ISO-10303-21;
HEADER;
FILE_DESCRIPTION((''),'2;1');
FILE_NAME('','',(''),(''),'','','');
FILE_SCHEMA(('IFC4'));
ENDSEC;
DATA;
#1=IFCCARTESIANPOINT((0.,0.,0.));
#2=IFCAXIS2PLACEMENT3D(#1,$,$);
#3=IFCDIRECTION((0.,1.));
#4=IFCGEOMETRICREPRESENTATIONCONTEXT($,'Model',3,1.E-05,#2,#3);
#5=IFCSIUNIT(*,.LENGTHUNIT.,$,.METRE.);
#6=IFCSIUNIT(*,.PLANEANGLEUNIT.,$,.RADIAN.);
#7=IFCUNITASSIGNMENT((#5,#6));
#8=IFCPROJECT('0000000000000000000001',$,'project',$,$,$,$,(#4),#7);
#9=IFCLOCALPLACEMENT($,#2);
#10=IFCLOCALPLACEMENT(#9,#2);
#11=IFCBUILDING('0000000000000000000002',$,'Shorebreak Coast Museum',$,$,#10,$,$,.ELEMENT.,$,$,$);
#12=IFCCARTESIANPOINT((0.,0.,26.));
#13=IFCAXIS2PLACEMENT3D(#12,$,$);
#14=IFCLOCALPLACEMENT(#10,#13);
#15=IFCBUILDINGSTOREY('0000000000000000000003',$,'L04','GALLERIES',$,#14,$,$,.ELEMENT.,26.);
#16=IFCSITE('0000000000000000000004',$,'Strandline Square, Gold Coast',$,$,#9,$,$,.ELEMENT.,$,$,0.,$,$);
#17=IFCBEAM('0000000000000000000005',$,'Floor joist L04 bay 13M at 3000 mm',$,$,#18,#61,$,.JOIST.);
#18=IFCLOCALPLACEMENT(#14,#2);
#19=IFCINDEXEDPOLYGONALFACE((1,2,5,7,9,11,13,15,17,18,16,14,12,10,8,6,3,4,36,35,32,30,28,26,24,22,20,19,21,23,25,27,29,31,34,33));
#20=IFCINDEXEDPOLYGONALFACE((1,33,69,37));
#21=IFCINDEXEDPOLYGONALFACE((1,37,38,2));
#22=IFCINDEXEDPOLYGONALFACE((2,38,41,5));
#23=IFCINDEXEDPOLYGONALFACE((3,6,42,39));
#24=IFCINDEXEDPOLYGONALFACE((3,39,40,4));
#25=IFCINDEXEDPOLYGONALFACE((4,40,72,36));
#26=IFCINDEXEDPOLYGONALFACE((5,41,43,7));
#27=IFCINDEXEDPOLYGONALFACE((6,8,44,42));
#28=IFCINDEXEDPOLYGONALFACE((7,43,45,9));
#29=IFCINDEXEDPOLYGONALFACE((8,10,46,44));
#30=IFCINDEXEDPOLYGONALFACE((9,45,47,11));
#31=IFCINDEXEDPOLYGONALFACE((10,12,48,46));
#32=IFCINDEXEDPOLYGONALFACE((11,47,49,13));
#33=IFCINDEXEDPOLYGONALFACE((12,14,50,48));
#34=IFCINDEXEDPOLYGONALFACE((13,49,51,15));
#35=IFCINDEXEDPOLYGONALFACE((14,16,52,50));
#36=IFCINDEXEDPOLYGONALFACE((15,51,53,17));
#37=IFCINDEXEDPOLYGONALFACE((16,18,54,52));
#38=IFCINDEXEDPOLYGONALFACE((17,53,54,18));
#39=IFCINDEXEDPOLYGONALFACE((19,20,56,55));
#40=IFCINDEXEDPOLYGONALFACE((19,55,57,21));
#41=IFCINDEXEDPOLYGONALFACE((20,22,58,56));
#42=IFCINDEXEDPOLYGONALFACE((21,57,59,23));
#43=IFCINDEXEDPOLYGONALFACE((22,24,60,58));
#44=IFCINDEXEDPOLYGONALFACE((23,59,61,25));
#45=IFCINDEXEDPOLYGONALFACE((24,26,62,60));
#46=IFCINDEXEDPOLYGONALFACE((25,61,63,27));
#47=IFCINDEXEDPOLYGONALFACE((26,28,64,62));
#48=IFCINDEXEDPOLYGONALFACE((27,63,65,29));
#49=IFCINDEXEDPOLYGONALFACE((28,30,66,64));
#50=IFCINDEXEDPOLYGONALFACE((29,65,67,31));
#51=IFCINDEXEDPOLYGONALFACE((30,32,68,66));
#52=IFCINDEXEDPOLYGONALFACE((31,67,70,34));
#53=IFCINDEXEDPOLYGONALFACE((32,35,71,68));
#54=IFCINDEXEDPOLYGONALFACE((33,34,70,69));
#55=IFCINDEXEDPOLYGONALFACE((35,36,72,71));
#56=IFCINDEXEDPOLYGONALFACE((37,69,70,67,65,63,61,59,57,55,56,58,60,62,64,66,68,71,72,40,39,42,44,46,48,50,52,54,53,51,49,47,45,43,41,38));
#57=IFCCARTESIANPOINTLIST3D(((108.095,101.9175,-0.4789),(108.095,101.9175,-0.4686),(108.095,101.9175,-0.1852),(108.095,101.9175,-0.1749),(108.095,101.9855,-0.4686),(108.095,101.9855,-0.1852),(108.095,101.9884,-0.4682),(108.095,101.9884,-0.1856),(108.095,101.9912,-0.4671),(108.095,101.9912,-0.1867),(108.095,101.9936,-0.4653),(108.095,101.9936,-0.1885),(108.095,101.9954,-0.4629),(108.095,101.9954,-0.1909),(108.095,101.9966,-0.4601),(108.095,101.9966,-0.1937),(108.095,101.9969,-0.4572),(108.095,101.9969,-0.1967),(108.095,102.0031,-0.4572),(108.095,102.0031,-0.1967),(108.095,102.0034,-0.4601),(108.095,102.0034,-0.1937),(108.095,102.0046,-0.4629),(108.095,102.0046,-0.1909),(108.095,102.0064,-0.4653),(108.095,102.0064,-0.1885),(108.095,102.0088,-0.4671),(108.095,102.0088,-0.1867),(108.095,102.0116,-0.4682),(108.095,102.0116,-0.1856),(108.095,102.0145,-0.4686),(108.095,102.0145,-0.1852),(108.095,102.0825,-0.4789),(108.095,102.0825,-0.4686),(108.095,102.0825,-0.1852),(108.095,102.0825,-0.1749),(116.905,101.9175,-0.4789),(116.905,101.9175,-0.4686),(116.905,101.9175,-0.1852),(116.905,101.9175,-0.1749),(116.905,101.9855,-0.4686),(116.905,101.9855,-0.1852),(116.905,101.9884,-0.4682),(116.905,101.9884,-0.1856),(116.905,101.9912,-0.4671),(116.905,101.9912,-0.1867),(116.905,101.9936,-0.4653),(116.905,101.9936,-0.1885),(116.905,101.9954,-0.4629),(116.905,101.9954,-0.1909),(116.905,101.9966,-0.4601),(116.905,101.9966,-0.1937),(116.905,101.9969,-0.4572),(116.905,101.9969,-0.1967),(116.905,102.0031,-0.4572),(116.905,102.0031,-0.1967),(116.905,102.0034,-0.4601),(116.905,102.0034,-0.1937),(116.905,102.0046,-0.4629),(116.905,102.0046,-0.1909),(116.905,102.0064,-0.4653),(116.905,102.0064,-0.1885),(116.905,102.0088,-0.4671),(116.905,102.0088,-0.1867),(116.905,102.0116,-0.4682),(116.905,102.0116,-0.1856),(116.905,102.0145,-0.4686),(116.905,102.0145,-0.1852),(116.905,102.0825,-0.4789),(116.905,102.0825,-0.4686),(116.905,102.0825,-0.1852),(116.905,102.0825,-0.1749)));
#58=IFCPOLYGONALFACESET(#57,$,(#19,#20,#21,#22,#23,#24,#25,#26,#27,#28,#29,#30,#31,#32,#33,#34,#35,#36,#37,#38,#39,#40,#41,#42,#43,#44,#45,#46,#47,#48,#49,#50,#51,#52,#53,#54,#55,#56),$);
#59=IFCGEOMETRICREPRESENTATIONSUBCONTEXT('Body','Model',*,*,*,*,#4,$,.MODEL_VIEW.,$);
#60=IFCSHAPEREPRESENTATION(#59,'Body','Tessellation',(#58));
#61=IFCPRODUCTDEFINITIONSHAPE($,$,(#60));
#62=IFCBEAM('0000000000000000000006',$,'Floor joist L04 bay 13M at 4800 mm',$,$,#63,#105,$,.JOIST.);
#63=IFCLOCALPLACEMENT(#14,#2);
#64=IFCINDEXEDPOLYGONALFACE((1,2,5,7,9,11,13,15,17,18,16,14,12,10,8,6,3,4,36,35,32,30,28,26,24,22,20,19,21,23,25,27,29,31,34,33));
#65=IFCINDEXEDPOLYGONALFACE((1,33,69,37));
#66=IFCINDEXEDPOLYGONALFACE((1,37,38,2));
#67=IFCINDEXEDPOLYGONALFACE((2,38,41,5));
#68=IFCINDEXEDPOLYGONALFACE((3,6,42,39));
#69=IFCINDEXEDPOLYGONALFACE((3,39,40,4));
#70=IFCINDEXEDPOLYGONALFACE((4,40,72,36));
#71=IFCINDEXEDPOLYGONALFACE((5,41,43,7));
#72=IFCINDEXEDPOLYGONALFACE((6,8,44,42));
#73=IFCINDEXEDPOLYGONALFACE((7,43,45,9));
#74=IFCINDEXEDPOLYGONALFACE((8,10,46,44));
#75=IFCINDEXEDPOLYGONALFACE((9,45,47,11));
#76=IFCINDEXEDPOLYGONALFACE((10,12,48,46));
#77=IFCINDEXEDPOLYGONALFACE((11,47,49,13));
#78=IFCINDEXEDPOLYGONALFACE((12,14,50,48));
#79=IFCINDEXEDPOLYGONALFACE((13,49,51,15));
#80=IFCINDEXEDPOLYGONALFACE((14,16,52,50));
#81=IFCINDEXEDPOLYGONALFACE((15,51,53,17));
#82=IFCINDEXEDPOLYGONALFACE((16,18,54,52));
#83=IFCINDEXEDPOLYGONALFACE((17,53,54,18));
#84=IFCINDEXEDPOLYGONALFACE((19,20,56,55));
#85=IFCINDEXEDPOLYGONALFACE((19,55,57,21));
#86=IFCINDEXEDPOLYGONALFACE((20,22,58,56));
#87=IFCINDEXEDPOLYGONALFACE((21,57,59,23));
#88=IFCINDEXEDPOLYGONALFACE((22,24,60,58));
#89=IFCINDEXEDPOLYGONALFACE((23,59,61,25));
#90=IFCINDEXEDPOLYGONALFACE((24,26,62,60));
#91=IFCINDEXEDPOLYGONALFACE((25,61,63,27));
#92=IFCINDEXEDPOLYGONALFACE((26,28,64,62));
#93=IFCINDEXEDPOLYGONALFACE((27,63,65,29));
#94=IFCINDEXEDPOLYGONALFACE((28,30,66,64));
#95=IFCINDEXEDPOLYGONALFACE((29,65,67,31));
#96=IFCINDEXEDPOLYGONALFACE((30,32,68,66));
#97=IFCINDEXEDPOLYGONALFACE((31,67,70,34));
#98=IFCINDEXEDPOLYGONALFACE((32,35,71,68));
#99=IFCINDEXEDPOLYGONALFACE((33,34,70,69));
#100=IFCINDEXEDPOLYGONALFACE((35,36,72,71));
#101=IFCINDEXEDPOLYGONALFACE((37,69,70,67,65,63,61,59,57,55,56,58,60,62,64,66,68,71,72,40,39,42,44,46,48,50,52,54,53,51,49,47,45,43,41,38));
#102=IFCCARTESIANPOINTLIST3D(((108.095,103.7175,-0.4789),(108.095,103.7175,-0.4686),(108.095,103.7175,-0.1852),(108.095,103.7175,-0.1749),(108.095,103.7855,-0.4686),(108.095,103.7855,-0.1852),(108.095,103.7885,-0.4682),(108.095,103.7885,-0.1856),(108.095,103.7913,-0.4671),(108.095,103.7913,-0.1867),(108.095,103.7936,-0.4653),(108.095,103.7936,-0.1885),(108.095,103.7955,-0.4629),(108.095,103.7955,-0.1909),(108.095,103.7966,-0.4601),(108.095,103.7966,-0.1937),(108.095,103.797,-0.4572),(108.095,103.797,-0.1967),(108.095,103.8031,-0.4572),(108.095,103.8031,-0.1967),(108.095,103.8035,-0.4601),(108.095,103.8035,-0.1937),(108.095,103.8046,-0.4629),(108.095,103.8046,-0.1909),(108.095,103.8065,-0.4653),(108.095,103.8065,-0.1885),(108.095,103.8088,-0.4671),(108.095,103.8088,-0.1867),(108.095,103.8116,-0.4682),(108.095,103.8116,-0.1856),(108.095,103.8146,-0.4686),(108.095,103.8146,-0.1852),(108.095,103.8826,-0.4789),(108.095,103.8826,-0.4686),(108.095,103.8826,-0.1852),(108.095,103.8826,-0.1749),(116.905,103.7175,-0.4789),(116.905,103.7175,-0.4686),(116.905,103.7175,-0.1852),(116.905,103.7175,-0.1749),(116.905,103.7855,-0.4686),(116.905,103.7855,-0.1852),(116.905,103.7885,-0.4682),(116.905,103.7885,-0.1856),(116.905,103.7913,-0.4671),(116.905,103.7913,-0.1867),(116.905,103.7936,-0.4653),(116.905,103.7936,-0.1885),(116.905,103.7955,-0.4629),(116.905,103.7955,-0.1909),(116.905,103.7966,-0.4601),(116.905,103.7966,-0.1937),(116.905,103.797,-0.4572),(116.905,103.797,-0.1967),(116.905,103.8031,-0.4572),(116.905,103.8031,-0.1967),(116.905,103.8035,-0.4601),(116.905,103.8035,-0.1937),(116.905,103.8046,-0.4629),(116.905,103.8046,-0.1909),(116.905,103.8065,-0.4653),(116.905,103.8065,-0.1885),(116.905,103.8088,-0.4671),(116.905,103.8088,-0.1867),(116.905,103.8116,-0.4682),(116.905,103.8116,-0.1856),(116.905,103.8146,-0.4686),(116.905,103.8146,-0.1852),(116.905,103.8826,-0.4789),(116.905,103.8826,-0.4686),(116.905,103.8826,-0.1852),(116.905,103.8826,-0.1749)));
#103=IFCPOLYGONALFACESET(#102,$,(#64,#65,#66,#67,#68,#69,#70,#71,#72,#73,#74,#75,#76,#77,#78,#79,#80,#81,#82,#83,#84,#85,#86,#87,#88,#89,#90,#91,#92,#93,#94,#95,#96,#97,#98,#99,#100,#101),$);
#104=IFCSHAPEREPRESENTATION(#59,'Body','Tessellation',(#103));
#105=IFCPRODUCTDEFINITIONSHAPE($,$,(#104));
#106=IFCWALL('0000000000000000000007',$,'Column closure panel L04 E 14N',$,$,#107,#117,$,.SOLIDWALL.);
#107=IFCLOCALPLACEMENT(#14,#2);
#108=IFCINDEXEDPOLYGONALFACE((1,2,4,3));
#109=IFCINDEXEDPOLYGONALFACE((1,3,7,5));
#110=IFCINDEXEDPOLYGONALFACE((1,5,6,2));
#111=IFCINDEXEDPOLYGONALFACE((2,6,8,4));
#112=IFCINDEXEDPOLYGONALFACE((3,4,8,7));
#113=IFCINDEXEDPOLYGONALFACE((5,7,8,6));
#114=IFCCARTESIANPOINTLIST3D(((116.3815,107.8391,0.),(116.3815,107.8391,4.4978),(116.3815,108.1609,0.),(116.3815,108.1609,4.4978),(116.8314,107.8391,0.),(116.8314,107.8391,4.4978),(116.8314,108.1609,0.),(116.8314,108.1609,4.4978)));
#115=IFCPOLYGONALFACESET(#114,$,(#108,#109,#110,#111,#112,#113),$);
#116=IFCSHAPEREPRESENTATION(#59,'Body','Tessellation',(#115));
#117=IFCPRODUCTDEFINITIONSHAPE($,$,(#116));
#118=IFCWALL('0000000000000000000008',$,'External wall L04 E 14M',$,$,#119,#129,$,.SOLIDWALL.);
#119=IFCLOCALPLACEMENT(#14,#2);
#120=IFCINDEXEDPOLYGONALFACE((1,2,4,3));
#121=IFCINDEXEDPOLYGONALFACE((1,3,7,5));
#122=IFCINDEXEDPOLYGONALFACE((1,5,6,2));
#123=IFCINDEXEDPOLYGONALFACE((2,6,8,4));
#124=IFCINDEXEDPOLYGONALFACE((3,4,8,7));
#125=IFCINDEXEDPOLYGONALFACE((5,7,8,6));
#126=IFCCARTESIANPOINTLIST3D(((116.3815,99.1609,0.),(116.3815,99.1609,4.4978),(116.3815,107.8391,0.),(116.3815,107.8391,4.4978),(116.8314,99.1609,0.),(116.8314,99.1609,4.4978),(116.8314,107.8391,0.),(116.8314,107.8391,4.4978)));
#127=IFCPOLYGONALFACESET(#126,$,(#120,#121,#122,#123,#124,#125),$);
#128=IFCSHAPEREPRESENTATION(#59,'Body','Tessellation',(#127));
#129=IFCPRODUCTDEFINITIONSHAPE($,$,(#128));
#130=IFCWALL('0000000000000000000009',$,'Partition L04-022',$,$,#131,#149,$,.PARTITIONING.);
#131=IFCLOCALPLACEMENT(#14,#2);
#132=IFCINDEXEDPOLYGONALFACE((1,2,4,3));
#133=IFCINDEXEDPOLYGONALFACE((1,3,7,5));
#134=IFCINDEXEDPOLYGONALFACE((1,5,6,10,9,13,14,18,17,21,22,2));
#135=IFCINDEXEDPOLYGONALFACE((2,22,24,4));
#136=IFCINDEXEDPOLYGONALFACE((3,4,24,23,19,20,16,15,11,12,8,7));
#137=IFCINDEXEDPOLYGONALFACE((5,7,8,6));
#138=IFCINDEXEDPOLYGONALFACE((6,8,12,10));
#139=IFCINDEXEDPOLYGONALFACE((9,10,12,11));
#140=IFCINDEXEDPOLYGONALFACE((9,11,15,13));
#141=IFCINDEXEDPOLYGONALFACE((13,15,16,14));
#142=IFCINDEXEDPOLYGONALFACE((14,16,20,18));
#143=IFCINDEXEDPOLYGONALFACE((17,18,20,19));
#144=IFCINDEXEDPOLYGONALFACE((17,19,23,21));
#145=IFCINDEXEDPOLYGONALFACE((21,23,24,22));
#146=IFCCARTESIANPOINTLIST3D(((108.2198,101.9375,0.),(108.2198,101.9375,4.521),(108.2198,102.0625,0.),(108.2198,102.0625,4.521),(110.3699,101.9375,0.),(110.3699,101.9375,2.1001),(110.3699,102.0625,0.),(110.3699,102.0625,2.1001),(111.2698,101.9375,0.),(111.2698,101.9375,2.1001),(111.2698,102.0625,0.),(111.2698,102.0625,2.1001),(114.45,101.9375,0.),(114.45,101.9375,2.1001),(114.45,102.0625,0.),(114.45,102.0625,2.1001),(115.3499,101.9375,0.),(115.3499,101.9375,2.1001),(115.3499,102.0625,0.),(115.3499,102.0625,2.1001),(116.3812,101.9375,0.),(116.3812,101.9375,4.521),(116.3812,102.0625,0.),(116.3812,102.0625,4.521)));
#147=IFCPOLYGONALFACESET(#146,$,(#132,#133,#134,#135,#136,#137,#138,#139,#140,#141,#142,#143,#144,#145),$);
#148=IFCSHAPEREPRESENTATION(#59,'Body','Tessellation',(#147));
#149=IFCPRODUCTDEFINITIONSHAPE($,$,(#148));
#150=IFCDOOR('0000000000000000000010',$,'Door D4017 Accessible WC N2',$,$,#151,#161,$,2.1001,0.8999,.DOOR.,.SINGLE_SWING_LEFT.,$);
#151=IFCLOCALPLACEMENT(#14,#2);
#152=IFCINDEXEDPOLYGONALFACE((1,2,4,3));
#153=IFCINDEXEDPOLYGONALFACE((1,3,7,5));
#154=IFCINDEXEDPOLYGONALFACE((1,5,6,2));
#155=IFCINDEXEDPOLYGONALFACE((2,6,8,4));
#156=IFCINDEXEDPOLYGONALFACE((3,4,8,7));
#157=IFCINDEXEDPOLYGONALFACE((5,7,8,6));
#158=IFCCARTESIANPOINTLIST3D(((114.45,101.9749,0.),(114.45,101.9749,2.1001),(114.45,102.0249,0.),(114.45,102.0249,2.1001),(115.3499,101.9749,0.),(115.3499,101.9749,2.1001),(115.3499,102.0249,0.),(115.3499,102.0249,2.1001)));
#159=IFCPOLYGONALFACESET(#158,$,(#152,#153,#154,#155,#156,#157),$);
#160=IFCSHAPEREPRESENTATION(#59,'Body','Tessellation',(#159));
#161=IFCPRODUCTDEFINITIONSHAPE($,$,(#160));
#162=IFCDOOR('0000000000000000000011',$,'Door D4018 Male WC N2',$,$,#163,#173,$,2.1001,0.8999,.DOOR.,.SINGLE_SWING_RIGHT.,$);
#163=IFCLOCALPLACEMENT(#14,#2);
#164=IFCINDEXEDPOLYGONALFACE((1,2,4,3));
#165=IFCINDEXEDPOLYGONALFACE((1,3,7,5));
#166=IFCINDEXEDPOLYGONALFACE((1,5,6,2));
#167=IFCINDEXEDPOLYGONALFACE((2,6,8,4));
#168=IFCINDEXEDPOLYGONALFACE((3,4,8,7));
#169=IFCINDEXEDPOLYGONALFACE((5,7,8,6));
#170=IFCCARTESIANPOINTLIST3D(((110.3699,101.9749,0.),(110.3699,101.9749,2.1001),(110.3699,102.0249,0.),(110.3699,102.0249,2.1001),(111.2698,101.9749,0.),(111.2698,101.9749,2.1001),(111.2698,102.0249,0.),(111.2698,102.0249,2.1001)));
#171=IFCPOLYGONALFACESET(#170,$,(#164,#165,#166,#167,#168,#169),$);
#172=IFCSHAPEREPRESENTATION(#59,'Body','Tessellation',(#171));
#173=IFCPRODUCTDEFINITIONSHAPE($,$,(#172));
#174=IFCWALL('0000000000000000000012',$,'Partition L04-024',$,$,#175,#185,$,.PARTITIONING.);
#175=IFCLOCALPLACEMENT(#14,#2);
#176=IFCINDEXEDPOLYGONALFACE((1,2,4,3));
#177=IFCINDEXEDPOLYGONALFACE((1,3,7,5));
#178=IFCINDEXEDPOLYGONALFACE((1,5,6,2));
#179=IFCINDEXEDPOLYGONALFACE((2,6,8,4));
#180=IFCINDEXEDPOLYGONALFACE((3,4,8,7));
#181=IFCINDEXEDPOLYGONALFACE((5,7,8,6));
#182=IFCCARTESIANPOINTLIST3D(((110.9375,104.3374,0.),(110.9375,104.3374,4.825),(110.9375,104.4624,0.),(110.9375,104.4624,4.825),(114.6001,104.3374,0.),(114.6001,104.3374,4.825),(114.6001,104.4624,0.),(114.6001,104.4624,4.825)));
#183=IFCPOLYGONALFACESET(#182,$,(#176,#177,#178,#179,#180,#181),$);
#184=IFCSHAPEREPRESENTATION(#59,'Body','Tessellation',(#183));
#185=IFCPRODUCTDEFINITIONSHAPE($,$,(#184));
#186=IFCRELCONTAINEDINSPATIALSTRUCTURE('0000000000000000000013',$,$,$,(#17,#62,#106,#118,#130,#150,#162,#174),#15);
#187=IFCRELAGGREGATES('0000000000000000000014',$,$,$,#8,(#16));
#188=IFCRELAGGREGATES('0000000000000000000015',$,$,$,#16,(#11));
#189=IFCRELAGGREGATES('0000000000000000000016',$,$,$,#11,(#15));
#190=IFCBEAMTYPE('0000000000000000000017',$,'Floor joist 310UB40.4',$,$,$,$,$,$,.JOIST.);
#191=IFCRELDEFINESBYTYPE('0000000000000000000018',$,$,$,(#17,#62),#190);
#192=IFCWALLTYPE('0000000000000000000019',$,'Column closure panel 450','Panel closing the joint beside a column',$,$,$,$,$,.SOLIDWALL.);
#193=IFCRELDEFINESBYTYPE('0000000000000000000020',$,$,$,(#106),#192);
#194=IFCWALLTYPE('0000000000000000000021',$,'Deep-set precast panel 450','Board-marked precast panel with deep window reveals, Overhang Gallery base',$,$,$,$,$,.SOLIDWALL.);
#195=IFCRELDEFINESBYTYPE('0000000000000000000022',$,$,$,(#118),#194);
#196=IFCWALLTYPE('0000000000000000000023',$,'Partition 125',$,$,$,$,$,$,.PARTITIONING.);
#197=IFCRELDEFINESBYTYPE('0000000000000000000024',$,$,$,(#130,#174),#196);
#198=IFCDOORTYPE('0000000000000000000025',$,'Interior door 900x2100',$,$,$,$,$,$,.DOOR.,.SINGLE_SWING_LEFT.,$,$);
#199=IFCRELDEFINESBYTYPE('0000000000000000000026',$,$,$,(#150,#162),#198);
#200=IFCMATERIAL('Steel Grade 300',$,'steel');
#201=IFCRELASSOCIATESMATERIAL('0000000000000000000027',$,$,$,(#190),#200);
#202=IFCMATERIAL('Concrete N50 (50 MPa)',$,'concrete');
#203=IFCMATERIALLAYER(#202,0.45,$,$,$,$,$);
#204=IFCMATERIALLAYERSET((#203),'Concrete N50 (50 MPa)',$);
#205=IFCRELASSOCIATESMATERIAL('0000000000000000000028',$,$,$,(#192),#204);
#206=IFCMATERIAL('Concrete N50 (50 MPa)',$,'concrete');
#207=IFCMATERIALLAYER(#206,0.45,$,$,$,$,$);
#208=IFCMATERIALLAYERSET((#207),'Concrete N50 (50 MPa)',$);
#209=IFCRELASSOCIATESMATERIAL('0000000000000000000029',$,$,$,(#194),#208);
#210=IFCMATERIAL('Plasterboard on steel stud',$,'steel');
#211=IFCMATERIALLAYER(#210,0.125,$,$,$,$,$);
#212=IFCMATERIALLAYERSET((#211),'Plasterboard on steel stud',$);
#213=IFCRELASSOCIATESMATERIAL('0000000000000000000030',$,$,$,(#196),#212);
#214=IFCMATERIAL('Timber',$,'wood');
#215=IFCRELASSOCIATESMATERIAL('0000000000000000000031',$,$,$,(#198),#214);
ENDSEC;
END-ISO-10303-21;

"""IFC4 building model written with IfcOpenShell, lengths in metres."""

from ifc_helpers import new_model, si_unit, direction, frame, frame_2d, origin, origin_2d, place, context, subcontext, project, spatial, rectangle, i_section, extrude, material, layer, layer_set, material_profile, profile_set, type_object, element, fill, save


model = new_model("IFC4")

# Units and contexts
model_context = context("Model", 3, precision=1e-05, world=origin(), true_north=direction((0.0, 1.0)))
body_context = subcontext(model_context, "Body", "Model", "MODEL_VIEW")
ifc_project = project(units=[si_unit("LENGTHUNIT", "METRE"), si_unit("PLANEANGLEUNIT", "RADIAN")], contexts=[model_context])

# Site, building, storey
site_placement = place(None, origin())
site = spatial("IfcSite", under=ifc_project, at=site_placement, Name="Strandline Square, Gold Coast", CompositionType="ELEMENT", RefElevation=0.0)
building_placement = place(site_placement, origin())
building = spatial("IfcBuilding", under=site, at=building_placement, Name="Shorebreak Coast Museum", CompositionType="ELEMENT")
storey_placement = place(building_placement, frame((0.0, 0.0, 26.0)))
storey = spatial("IfcBuildingStorey", under=building, at=storey_placement, Name="L04", Description="GALLERIES", CompositionType="ELEMENT", Elevation=26.0)

# Beams
ifc_material_1 = material(Name="Steel Grade 300", Category="steel")
ifc_material_profile_1 = material_profile(ifc_material_1, i_section(OverallWidth=0.165, OverallDepth=0.304, WebThickness=0.0061, FlangeThickness=0.0103, FilletRadius=0.0115, at=origin_2d()), Name="310UB40.4")
ifc_profile_set_1 = profile_set([ifc_material_profile_1], Name="Steel Grade 300")
beam_type_1 = type_object("IfcBeamType", Name="Floor joist 310UB40.4", PredefinedType="JOIST", material=ifc_profile_set_1)
for number, where, z_axis, x_axis, name in (
    (1, (108.095, 102.0, -0.3269), (1.0, 0.0, 0.0), (0.0, 1.0, 0.0), "Floor joist L04 bay 13M at 3000 mm"),
    (2, (108.095, 103.8, -0.3269), (1.0, 0.0, 0.0), (0.0, 1.0, 0.0), "Floor joist L04 bay 13M at 4800 mm"),
):
    element("IfcBeam", number, at=place(storey_placement, frame(where, z_axis=z_axis, x_axis=x_axis)), inside=storey, type_object=beam_type_1, Name=name, PredefinedType="JOIST", context=body_context, shape_type="SweptSolid", body=[
        extrude(i_section(OverallWidth=0.165, OverallDepth=0.304, WebThickness=0.0061, FlangeThickness=0.0103, FilletRadius=0.0115, at=origin_2d()), origin(), (0.0, 0.0, 1.0), 8.8101),
    ])

# Walls
ifc_material_2 = material(Name="Concrete N50 (50 MPa)", Category="concrete")
ifc_layer_1 = layer(ifc_material_2, 0.45)
ifc_layer_set_1 = layer_set([ifc_layer_1], Name="Concrete N50 (50 MPa)")
wall_type_1 = type_object("IfcWallType", Name="Column closure panel 450", Description="Panel closing the joint beside a column", PredefinedType="SOLIDWALL", material=ifc_layer_set_1)
wall_1_placement = place(storey_placement, frame((116.6064, 107.8391, 0.0), z_axis=(0.0, 0.0, 1.0), x_axis=(0.0, 1.0, 0.0)))
element("IfcWall", 3, at=wall_1_placement, inside=storey, type_object=wall_type_1, Name="Column closure panel L04 E 14N", PredefinedType="SOLIDWALL", context=body_context, shape_type="SweptSolid", body=[
    extrude(rectangle(XDim=0.3218, YDim=0.45, at=frame_2d((0.1609, 0.0))), origin(), (0.0, 0.0, 1.0), 4.4978),
])
ifc_material_3 = material(Name="Concrete N50 (50 MPa)", Category="concrete")
ifc_layer_2 = layer(ifc_material_3, 0.45)
ifc_layer_set_2 = layer_set([ifc_layer_2], Name="Concrete N50 (50 MPa)")
wall_type_2 = type_object("IfcWallType", Name="Deep-set precast panel 450", Description="Board-marked precast panel with deep window reveals, Overhang Gallery base", PredefinedType="SOLIDWALL", material=ifc_layer_set_2)
wall_2_placement = place(storey_placement, frame((116.6064, 99.1609, 0.0), z_axis=(0.0, 0.0, 1.0), x_axis=(0.0, 1.0, 0.0)))
element("IfcWall", 4, at=wall_2_placement, inside=storey, type_object=wall_type_2, Name="External wall L04 E 14M", PredefinedType="SOLIDWALL", context=body_context, shape_type="SweptSolid", body=[
    extrude(rectangle(XDim=8.6782, YDim=0.45, at=frame_2d((4.3391, 0.0))), origin(), (0.0, 0.0, 1.0), 4.4978),
])

# Wall, openings, doors
ifc_material_4 = material(Name="Plasterboard on steel stud", Category="steel")
ifc_layer_3 = layer(ifc_material_4, 0.125)
ifc_layer_set_3 = layer_set([ifc_layer_3], Name="Plasterboard on steel stud")
wall_type_3 = type_object("IfcWallType", Name="Partition 125", PredefinedType="PARTITIONING", material=ifc_layer_set_3)
wall_3_placement = place(storey_placement, frame((108.22, 102.0, 0.0), z_axis=(0.0, 0.0, 1.0), x_axis=(1.0, 0.0, 0.0)))
wall_3 = element("IfcWall", 5, at=wall_3_placement, inside=storey, type_object=wall_type_3, Name="Partition L04-022", PredefinedType="PARTITIONING", context=body_context, shape_type="SweptSolid", body=[
    extrude(rectangle(XDim=8.1614, YDim=0.125, at=frame_2d((4.0806, 0.0))), origin(), (0.0, 0.0, 1.0), 4.521),
])
opening_1_placement = place(wall_3_placement, frame((6.23, 0.0, 0.0)))
opening_1 = element("IfcOpeningElement", 6, at=opening_1_placement, cuts=wall_3, PredefinedType="OPENING", context=body_context, shape_type="SweptSolid", body=[
    extrude(rectangle(XDim=0.8999, YDim=2.1001, at=frame_2d((0.45, 1.05))), frame((0.0, 0.0725, 0.0), z_axis=(0.0, -1.0, 0.0), x_axis=(1.0, 0.0, 0.0)), (0.0, 0.0, 1.0), 0.145),
])
opening_2_placement = place(wall_3_placement, frame((2.1499, 0.0, 0.0)))
opening_2 = element("IfcOpeningElement", 7, at=opening_2_placement, cuts=wall_3, PredefinedType="OPENING", context=body_context, shape_type="SweptSolid", body=[
    extrude(rectangle(XDim=0.8999, YDim=2.1001, at=frame_2d((0.45, 1.05))), frame((0.0, 0.0725, 0.0), z_axis=(0.0, -1.0, 0.0), x_axis=(1.0, 0.0, 0.0)), (0.0, 0.0, 1.0), 0.145),
])
ifc_material_5 = material(Name="Timber", Category="wood")
door_type_1 = type_object("IfcDoorType", Name="Interior door 900x2100", OperationType="SINGLE_SWING_LEFT", PredefinedType="DOOR", material=ifc_material_5)
door_1_placement = place(opening_1_placement, origin())
door_1 = element("IfcDoor", 8, at=door_1_placement, inside=storey, type_object=door_type_1, Name="Door D4017 Accessible WC N2", OperationType="SINGLE_SWING_LEFT", OverallHeight=2.1001, OverallWidth=0.8999, PredefinedType="DOOR", context=body_context, shape_type="SweptSolid", body=[
    extrude(rectangle(XDim=0.8999, YDim=2.1001, at=frame_2d((0.45, 1.05))), frame((0.0, 0.0249, 0.0), z_axis=(0.0, -1.0, 0.0), x_axis=(1.0, 0.0, 0.0)), (0.0, 0.0, 1.0), 0.05),
])
fill(opening_1, door_1)
door_2_placement = place(opening_2_placement, origin())
door_2 = element("IfcDoor", 9, at=door_2_placement, inside=storey, type_object=door_type_1, Name="Door D4018 Male WC N2", OperationType="SINGLE_SWING_RIGHT", OverallHeight=2.1001, OverallWidth=0.8999, PredefinedType="DOOR", context=body_context, shape_type="SweptSolid", body=[
    extrude(rectangle(XDim=0.8999, YDim=2.1001, at=frame_2d((0.45, 1.05))), frame((0.0, 0.0249, 0.0), z_axis=(0.0, -1.0, 0.0), x_axis=(1.0, 0.0, 0.0)), (0.0, 0.0, 1.0), 0.05),
])
fill(opening_2, door_2)

# Wall
wall_4_placement = place(storey_placement, frame((110.9375, 104.3999, 0.0), z_axis=(0.0, 0.0, 1.0), x_axis=(1.0, 0.0, 0.0)))
element("IfcWall", 10, at=wall_4_placement, inside=storey, type_object=wall_type_3, Name="Partition L04-024", PredefinedType="PARTITIONING", context=body_context, shape_type="SweptSolid", body=[
    extrude(rectangle(XDim=3.6626, YDim=0.125, at=frame_2d((1.8313, 0.0))), origin(), (0.0, 0.0, 1.0), 4.825),
])

save(model, "model.ifc")
